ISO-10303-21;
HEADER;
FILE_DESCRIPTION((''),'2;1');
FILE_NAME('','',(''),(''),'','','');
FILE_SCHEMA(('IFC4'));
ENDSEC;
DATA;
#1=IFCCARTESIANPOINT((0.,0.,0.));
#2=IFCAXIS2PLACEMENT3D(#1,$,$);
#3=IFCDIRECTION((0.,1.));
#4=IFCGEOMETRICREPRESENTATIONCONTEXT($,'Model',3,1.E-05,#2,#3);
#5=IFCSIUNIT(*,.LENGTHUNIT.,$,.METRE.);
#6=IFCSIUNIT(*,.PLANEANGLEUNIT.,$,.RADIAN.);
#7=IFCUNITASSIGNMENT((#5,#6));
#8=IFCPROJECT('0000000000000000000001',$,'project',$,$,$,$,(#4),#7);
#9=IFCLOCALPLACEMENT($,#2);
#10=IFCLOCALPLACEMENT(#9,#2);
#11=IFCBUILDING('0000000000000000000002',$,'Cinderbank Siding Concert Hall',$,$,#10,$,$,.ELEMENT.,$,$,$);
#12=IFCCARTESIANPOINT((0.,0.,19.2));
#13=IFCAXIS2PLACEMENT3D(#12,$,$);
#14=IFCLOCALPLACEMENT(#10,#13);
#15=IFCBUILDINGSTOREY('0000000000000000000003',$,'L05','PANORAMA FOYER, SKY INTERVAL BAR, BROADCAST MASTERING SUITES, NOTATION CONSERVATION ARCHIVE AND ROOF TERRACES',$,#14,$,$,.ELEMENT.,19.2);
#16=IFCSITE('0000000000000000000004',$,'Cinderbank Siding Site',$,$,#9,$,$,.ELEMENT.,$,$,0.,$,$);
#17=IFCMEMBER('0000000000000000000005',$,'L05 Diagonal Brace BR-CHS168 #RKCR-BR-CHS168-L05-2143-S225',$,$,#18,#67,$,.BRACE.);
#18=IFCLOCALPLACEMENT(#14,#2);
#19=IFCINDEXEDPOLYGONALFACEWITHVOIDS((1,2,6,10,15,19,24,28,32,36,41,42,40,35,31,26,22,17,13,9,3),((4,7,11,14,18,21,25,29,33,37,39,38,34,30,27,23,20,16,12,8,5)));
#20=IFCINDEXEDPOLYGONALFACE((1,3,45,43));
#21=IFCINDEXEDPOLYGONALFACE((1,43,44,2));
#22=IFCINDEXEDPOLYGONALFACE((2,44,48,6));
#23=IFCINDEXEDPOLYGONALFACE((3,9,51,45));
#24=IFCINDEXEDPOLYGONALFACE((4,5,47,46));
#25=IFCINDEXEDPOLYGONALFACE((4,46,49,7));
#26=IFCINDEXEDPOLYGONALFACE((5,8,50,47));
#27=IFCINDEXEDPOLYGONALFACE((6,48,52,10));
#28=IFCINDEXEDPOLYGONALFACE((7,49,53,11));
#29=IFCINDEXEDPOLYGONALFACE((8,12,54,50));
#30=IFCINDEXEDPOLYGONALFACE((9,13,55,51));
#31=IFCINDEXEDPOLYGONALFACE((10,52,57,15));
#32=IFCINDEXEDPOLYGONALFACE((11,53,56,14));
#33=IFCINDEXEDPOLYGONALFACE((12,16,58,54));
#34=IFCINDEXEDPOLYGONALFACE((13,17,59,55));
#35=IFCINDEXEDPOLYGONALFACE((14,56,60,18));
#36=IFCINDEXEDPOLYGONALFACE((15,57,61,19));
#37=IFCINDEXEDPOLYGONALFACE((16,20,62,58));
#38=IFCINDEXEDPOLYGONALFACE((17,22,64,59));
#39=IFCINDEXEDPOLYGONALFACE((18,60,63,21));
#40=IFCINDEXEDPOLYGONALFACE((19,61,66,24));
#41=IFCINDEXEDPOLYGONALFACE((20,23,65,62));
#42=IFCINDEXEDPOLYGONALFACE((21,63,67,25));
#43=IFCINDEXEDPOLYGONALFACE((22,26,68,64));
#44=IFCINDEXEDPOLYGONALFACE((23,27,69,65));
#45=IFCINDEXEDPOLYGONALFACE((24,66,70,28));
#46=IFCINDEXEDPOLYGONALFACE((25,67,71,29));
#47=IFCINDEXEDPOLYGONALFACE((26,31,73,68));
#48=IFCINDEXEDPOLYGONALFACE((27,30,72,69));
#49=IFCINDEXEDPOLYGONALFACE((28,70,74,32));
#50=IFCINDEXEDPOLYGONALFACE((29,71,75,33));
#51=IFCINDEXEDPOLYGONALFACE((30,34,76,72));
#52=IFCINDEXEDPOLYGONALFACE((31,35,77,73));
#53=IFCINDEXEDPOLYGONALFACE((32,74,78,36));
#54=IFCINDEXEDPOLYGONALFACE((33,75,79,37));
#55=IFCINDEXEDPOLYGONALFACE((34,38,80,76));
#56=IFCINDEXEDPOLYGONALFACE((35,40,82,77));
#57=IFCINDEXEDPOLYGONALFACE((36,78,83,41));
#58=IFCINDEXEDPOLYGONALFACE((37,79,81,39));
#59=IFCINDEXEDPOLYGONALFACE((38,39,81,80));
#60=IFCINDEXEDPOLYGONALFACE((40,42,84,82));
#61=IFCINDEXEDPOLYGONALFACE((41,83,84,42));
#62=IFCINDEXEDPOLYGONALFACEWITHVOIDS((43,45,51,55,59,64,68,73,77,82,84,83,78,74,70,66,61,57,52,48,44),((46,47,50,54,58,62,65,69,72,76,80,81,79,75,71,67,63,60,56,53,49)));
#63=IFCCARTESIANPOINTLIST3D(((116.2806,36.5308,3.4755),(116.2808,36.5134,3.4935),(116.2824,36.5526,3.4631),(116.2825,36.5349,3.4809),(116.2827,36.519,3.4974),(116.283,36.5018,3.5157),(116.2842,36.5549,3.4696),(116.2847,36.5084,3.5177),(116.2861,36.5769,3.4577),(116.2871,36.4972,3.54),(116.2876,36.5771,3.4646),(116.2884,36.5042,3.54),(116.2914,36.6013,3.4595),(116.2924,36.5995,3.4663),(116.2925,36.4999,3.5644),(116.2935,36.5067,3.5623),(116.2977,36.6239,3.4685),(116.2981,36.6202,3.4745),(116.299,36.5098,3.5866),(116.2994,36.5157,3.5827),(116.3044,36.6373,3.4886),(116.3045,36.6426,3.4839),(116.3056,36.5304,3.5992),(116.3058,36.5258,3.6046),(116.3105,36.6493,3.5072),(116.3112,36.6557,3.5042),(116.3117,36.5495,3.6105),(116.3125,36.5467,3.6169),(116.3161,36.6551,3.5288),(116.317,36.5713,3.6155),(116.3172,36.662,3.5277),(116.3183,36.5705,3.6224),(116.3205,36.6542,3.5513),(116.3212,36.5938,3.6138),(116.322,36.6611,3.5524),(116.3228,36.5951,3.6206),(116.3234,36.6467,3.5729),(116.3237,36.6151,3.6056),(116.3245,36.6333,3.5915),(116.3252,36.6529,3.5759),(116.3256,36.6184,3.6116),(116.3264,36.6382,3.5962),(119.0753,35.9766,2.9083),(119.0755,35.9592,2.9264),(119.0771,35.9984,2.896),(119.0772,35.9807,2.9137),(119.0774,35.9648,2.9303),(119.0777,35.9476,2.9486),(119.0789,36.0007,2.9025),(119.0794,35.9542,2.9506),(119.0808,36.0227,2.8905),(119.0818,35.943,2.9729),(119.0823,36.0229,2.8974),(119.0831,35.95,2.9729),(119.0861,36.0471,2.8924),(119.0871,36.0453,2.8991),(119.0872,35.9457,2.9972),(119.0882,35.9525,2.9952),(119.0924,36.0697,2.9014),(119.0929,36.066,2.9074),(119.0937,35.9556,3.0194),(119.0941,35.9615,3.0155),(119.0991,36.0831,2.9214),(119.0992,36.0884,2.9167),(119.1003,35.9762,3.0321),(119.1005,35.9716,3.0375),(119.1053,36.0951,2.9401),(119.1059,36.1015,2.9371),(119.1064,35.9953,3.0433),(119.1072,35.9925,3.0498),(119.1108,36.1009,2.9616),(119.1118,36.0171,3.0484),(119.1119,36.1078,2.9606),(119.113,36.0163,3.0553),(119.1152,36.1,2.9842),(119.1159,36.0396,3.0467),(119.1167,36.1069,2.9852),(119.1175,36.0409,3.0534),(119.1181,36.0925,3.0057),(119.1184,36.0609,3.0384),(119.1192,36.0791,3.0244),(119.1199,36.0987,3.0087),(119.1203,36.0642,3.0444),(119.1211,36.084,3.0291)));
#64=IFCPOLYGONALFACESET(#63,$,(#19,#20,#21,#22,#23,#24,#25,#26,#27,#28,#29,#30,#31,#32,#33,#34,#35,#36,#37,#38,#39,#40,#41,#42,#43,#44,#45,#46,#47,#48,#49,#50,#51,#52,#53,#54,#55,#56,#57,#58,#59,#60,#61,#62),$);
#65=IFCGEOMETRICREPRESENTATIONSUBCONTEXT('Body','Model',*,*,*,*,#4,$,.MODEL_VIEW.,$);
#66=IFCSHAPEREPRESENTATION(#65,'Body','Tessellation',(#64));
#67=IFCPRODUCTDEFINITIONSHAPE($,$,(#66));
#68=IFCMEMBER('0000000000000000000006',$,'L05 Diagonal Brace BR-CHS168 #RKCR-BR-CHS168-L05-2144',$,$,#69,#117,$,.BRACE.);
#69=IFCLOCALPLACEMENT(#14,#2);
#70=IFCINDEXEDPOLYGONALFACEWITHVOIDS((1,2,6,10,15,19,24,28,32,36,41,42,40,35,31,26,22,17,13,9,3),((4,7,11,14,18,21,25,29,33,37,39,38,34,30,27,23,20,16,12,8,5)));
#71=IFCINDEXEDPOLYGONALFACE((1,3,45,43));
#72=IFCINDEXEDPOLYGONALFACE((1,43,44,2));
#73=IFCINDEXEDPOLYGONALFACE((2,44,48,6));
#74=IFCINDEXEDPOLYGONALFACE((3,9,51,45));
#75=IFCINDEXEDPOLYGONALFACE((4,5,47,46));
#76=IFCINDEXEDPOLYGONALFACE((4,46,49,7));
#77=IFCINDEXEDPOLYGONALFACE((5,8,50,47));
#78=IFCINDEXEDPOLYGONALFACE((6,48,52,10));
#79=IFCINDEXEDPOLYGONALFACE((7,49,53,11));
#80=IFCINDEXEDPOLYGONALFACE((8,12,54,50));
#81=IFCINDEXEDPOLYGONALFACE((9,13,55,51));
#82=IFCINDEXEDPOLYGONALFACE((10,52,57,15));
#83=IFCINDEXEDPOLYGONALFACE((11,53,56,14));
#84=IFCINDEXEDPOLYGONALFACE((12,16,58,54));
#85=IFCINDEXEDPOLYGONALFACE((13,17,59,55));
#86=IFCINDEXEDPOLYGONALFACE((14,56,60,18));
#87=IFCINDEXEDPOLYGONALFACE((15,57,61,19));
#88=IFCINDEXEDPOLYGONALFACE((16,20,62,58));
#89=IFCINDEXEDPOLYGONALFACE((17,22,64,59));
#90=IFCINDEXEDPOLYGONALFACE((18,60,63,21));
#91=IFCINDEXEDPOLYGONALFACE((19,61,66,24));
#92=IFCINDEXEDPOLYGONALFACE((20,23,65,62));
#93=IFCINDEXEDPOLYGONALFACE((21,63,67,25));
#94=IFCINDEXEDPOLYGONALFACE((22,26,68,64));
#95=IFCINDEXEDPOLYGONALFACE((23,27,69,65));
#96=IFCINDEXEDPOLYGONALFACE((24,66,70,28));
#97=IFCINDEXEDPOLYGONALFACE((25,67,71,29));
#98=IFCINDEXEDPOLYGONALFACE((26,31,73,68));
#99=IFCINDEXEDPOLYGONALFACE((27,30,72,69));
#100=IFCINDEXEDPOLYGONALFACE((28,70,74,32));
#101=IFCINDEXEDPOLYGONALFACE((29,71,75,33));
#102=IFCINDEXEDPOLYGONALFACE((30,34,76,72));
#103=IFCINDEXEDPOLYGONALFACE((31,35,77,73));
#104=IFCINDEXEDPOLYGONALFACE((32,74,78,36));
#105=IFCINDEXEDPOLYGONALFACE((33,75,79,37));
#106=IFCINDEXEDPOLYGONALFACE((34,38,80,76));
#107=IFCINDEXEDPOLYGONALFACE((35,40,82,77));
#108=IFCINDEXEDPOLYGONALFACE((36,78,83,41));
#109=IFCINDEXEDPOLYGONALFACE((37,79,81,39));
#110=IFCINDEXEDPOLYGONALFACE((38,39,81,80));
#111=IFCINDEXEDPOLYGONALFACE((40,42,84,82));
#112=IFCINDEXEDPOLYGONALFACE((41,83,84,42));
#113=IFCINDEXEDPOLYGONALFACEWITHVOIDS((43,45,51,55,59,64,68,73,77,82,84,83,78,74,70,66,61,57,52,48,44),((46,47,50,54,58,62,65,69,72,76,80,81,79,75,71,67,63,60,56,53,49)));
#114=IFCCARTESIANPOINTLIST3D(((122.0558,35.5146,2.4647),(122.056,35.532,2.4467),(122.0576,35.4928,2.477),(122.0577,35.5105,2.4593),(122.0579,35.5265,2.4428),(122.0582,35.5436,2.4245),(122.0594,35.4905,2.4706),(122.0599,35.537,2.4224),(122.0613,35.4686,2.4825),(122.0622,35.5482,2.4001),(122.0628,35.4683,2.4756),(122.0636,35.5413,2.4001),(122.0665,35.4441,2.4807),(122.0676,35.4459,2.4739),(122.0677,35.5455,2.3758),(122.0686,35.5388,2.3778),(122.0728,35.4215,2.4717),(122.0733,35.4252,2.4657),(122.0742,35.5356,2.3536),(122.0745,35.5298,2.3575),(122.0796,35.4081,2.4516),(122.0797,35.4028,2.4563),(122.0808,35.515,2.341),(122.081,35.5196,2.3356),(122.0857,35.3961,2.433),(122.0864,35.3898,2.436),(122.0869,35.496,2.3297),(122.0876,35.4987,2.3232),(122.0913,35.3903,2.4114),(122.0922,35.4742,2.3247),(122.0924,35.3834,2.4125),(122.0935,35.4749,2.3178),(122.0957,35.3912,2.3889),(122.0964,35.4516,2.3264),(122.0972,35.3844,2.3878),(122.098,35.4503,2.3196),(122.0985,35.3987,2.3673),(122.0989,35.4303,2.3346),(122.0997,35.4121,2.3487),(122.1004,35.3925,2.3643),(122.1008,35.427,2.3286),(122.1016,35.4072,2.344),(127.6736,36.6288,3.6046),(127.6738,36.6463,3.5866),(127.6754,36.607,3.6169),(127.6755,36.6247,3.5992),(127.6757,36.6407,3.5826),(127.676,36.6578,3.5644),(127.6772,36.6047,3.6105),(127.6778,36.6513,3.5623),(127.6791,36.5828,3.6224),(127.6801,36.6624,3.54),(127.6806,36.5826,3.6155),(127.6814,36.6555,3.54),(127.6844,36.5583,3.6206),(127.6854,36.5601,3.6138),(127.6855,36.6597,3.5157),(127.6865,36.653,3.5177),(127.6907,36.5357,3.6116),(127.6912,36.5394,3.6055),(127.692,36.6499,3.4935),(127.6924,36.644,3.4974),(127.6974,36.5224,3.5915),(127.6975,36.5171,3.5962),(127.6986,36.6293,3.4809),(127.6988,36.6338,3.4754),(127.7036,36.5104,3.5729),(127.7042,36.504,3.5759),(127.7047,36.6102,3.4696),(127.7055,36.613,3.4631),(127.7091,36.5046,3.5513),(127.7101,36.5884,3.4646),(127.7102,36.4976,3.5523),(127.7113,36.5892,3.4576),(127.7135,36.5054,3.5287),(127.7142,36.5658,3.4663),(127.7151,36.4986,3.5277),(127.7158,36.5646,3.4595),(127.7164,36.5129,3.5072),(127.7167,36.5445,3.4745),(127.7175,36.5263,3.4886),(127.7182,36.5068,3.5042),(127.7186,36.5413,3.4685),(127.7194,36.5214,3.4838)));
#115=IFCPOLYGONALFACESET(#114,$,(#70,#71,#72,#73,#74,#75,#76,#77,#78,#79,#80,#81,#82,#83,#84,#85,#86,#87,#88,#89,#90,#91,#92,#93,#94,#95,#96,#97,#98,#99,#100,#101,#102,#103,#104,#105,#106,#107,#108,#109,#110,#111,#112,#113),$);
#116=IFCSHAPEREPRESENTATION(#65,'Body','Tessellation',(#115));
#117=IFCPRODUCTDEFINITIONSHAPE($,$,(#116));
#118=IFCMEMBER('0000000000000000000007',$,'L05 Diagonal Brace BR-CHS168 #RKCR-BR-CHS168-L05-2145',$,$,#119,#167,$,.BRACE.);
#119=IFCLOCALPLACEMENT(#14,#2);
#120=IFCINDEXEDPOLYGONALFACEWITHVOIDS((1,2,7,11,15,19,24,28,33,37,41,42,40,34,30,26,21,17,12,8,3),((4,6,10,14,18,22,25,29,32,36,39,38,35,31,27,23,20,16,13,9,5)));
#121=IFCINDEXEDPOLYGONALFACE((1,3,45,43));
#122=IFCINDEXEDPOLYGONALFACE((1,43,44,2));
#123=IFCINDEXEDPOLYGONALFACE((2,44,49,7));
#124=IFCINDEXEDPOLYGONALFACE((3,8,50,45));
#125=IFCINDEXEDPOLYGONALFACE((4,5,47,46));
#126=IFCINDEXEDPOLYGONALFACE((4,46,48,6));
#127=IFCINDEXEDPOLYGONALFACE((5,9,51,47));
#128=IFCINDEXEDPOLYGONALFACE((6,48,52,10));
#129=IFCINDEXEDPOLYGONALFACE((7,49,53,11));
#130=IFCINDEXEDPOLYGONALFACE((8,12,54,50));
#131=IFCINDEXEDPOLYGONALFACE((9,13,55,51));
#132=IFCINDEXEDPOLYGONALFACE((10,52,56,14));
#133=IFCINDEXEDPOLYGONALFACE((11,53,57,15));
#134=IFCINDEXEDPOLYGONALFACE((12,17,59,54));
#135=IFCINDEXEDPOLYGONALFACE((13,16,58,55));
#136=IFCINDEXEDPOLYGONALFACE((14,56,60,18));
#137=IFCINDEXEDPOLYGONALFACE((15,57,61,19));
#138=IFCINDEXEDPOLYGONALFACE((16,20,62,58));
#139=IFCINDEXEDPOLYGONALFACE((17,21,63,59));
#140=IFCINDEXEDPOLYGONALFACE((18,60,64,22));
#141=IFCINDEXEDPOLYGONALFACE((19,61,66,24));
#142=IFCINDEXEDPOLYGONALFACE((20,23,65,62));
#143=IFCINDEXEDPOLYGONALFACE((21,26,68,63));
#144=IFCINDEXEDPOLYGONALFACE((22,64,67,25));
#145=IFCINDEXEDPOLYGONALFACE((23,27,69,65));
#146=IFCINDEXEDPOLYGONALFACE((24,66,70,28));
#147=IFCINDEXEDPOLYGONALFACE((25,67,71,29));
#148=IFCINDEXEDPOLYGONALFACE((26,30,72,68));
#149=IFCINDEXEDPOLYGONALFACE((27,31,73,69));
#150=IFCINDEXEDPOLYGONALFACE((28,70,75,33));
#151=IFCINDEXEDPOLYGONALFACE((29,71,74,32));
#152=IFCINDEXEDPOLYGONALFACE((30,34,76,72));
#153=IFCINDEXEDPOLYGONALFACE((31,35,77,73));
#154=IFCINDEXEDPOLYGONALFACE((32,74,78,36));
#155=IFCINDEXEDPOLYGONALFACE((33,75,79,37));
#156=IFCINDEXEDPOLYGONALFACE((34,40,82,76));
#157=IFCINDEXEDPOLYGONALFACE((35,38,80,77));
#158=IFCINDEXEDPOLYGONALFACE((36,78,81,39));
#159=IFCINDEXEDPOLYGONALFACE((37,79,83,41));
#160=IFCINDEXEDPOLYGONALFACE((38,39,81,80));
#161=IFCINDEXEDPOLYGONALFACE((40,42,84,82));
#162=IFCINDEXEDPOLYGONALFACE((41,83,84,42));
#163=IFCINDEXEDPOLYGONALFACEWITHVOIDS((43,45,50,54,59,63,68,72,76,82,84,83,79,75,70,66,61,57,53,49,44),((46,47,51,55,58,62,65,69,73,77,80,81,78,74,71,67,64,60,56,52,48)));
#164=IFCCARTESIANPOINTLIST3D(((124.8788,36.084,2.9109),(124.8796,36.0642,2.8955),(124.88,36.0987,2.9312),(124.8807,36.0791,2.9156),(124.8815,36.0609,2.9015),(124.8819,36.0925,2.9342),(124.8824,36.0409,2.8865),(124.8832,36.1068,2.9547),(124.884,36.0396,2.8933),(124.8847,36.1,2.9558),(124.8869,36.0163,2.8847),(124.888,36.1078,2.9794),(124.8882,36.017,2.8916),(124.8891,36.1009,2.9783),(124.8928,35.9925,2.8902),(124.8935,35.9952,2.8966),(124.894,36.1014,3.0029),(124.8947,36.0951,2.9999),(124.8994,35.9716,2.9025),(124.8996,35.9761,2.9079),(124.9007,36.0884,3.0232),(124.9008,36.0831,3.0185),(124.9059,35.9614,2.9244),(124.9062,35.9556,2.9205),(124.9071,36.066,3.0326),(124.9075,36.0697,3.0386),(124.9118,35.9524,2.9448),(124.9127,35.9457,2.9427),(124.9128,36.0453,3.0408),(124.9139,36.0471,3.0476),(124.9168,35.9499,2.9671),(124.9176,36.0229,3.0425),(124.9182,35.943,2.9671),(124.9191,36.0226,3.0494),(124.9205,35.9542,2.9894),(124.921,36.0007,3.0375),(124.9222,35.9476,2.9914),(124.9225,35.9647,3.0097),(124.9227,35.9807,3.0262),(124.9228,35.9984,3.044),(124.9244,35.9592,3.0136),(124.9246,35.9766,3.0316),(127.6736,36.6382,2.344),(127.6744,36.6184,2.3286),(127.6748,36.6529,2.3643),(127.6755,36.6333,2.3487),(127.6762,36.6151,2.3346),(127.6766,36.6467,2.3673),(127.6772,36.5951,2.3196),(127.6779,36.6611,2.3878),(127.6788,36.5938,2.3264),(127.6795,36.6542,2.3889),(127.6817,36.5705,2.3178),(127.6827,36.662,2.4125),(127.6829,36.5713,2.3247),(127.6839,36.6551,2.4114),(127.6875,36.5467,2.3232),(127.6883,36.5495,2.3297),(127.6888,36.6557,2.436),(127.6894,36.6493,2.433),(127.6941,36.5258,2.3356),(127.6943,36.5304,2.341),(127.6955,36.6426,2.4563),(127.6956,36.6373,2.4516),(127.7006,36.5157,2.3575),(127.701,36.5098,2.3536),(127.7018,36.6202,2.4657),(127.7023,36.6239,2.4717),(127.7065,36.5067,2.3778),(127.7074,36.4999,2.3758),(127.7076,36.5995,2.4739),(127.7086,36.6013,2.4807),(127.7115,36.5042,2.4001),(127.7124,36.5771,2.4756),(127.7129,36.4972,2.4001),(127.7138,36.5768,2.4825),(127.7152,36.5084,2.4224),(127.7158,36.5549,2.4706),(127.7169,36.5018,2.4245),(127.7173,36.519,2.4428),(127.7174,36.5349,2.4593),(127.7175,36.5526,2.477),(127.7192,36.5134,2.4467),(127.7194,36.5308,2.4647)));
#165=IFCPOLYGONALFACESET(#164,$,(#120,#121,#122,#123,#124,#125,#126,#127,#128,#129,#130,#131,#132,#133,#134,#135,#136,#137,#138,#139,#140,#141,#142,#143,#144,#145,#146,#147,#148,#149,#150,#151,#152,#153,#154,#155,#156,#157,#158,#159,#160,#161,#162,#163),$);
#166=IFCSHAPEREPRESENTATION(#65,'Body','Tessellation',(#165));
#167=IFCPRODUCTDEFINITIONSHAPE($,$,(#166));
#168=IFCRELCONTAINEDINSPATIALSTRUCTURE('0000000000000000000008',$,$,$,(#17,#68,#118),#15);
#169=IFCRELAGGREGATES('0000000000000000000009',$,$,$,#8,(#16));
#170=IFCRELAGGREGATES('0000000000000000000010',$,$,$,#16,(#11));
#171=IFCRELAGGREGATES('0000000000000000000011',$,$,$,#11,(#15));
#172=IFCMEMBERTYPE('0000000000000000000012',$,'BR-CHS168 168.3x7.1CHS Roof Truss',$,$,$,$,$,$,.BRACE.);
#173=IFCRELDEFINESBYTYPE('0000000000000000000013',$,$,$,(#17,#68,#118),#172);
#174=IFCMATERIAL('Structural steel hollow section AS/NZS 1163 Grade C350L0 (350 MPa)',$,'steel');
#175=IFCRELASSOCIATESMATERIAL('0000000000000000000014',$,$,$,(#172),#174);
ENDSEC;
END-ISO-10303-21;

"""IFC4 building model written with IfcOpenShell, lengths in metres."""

from ifc_helpers import new_model, si_unit, direction, frame, origin, origin_2d, place, context, subcontext, project, spatial, hollow_circle, extrude, material, material_profile, profile_set, type_object, element, save


model = new_model("IFC4")

# Units and contexts
model_context = context("Model", 3, precision=1e-05, world=origin(), true_north=direction((0.0, 1.0)))
body_context = subcontext(model_context, "Body", "Model", "MODEL_VIEW")
ifc_project = project(units=[si_unit("LENGTHUNIT", "METRE"), si_unit("PLANEANGLEUNIT", "RADIAN")], contexts=[model_context])

# Site, building, storey
site_placement = place(None, origin())
site = spatial("IfcSite", under=ifc_project, at=site_placement, Name="Cinderbank Siding Site", CompositionType="ELEMENT", RefElevation=0.0)
building_placement = place(site_placement, origin())
building = spatial("IfcBuilding", under=site, at=building_placement, Name="Cinderbank Siding Concert Hall", CompositionType="ELEMENT")
storey_placement = place(building_placement, frame((0.0, 0.0, 19.2)))
storey = spatial("IfcBuildingStorey", under=building, at=storey_placement, Name="L05", Description="PANORAMA FOYER, SKY INTERVAL BAR, BROADCAST MASTERING SUITES, NOTATION CONSERVATION ARCHIVE AND ROOF TERRACES", CompositionType="ELEMENT", Elevation=19.2)

# Shared definitions
ifc_material_1 = material(Name="Structural steel hollow section AS/NZS 1163 Grade C350L0 (350 MPa)", Category="steel")

# Members
ifc_material_profile_1 = material_profile(ifc_material_1, hollow_circle(Radius=0.0842, WallThickness=0.0071, at=origin_2d()), Name="168.3x7.1CHS", Category="LoadBearing")
ifc_profile_set_1 = profile_set([ifc_material_profile_1], Name="Structural steel hollow section AS/NZS 1163 Grade C350L0 (350 MPa)")
member_type = type_object("IfcMemberType", Name="BR-CHS168 168.3x7.1CHS Roof Truss", PredefinedType="BRACE", material=ifc_profile_set_1)
member_1_placement = place(storey_placement, frame((119.0981, 36.0256, 2.9729), z_axis=(-0.962024, 0.190774, 0.195229), x_axis=(-0.194517, -0.980899, 0.0)))
element("IfcMember", 1, at=member_1_placement, inside=storey, type_object=member_type, Name="L05 Diagonal Brace BR-CHS168 #RKCR-BR-CHS168-L05-2143-S225", PredefinedType="BRACE", context=body_context, shape_type="SweptSolid", body=[
    extrude(hollow_circle(Radius=0.0842, WallThickness=0.0071, at=origin_2d()), origin(), (0.0, 0.0, 1.0), 2.905),
])
member_2_placement = place(storey_placement, frame((122.0786, 35.4656, 2.4001), z_axis=(0.962024, 0.190808, 0.195198), x_axis=(-0.19455, 0.980893, 0.0)))
element("IfcMember", 2, at=member_2_placement, inside=storey, type_object=member_type, Name="L05 Diagonal Brace BR-CHS168 #RKCR-BR-CHS168-L05-2144", PredefinedType="BRACE", context=body_context, shape_type="SweptSolid", body=[
    extrude(hollow_circle(Radius=0.0842, WallThickness=0.0071, at=origin_2d()), origin(), (0.0, 0.0, 1.0), 5.8396),
])
member_3_placement = place(storey_placement, frame((127.6965, 36.5798, 2.4001), z_axis=(-0.96204, -0.190778, 0.195148), x_axis=(0.194517, -0.980899, 0.0)))
element("IfcMember", 3, at=member_3_placement, inside=storey, type_object=member_type, Name="L05 Diagonal Brace BR-CHS168 #RKCR-BR-CHS168-L05-2145", PredefinedType="BRACE", context=body_context, shape_type="SweptSolid", body=[
    extrude(hollow_circle(Radius=0.0842, WallThickness=0.0071, at=origin_2d()), origin(), (0.0, 0.0, 1.0), 2.905),
])

save(model, "model.ifc")
